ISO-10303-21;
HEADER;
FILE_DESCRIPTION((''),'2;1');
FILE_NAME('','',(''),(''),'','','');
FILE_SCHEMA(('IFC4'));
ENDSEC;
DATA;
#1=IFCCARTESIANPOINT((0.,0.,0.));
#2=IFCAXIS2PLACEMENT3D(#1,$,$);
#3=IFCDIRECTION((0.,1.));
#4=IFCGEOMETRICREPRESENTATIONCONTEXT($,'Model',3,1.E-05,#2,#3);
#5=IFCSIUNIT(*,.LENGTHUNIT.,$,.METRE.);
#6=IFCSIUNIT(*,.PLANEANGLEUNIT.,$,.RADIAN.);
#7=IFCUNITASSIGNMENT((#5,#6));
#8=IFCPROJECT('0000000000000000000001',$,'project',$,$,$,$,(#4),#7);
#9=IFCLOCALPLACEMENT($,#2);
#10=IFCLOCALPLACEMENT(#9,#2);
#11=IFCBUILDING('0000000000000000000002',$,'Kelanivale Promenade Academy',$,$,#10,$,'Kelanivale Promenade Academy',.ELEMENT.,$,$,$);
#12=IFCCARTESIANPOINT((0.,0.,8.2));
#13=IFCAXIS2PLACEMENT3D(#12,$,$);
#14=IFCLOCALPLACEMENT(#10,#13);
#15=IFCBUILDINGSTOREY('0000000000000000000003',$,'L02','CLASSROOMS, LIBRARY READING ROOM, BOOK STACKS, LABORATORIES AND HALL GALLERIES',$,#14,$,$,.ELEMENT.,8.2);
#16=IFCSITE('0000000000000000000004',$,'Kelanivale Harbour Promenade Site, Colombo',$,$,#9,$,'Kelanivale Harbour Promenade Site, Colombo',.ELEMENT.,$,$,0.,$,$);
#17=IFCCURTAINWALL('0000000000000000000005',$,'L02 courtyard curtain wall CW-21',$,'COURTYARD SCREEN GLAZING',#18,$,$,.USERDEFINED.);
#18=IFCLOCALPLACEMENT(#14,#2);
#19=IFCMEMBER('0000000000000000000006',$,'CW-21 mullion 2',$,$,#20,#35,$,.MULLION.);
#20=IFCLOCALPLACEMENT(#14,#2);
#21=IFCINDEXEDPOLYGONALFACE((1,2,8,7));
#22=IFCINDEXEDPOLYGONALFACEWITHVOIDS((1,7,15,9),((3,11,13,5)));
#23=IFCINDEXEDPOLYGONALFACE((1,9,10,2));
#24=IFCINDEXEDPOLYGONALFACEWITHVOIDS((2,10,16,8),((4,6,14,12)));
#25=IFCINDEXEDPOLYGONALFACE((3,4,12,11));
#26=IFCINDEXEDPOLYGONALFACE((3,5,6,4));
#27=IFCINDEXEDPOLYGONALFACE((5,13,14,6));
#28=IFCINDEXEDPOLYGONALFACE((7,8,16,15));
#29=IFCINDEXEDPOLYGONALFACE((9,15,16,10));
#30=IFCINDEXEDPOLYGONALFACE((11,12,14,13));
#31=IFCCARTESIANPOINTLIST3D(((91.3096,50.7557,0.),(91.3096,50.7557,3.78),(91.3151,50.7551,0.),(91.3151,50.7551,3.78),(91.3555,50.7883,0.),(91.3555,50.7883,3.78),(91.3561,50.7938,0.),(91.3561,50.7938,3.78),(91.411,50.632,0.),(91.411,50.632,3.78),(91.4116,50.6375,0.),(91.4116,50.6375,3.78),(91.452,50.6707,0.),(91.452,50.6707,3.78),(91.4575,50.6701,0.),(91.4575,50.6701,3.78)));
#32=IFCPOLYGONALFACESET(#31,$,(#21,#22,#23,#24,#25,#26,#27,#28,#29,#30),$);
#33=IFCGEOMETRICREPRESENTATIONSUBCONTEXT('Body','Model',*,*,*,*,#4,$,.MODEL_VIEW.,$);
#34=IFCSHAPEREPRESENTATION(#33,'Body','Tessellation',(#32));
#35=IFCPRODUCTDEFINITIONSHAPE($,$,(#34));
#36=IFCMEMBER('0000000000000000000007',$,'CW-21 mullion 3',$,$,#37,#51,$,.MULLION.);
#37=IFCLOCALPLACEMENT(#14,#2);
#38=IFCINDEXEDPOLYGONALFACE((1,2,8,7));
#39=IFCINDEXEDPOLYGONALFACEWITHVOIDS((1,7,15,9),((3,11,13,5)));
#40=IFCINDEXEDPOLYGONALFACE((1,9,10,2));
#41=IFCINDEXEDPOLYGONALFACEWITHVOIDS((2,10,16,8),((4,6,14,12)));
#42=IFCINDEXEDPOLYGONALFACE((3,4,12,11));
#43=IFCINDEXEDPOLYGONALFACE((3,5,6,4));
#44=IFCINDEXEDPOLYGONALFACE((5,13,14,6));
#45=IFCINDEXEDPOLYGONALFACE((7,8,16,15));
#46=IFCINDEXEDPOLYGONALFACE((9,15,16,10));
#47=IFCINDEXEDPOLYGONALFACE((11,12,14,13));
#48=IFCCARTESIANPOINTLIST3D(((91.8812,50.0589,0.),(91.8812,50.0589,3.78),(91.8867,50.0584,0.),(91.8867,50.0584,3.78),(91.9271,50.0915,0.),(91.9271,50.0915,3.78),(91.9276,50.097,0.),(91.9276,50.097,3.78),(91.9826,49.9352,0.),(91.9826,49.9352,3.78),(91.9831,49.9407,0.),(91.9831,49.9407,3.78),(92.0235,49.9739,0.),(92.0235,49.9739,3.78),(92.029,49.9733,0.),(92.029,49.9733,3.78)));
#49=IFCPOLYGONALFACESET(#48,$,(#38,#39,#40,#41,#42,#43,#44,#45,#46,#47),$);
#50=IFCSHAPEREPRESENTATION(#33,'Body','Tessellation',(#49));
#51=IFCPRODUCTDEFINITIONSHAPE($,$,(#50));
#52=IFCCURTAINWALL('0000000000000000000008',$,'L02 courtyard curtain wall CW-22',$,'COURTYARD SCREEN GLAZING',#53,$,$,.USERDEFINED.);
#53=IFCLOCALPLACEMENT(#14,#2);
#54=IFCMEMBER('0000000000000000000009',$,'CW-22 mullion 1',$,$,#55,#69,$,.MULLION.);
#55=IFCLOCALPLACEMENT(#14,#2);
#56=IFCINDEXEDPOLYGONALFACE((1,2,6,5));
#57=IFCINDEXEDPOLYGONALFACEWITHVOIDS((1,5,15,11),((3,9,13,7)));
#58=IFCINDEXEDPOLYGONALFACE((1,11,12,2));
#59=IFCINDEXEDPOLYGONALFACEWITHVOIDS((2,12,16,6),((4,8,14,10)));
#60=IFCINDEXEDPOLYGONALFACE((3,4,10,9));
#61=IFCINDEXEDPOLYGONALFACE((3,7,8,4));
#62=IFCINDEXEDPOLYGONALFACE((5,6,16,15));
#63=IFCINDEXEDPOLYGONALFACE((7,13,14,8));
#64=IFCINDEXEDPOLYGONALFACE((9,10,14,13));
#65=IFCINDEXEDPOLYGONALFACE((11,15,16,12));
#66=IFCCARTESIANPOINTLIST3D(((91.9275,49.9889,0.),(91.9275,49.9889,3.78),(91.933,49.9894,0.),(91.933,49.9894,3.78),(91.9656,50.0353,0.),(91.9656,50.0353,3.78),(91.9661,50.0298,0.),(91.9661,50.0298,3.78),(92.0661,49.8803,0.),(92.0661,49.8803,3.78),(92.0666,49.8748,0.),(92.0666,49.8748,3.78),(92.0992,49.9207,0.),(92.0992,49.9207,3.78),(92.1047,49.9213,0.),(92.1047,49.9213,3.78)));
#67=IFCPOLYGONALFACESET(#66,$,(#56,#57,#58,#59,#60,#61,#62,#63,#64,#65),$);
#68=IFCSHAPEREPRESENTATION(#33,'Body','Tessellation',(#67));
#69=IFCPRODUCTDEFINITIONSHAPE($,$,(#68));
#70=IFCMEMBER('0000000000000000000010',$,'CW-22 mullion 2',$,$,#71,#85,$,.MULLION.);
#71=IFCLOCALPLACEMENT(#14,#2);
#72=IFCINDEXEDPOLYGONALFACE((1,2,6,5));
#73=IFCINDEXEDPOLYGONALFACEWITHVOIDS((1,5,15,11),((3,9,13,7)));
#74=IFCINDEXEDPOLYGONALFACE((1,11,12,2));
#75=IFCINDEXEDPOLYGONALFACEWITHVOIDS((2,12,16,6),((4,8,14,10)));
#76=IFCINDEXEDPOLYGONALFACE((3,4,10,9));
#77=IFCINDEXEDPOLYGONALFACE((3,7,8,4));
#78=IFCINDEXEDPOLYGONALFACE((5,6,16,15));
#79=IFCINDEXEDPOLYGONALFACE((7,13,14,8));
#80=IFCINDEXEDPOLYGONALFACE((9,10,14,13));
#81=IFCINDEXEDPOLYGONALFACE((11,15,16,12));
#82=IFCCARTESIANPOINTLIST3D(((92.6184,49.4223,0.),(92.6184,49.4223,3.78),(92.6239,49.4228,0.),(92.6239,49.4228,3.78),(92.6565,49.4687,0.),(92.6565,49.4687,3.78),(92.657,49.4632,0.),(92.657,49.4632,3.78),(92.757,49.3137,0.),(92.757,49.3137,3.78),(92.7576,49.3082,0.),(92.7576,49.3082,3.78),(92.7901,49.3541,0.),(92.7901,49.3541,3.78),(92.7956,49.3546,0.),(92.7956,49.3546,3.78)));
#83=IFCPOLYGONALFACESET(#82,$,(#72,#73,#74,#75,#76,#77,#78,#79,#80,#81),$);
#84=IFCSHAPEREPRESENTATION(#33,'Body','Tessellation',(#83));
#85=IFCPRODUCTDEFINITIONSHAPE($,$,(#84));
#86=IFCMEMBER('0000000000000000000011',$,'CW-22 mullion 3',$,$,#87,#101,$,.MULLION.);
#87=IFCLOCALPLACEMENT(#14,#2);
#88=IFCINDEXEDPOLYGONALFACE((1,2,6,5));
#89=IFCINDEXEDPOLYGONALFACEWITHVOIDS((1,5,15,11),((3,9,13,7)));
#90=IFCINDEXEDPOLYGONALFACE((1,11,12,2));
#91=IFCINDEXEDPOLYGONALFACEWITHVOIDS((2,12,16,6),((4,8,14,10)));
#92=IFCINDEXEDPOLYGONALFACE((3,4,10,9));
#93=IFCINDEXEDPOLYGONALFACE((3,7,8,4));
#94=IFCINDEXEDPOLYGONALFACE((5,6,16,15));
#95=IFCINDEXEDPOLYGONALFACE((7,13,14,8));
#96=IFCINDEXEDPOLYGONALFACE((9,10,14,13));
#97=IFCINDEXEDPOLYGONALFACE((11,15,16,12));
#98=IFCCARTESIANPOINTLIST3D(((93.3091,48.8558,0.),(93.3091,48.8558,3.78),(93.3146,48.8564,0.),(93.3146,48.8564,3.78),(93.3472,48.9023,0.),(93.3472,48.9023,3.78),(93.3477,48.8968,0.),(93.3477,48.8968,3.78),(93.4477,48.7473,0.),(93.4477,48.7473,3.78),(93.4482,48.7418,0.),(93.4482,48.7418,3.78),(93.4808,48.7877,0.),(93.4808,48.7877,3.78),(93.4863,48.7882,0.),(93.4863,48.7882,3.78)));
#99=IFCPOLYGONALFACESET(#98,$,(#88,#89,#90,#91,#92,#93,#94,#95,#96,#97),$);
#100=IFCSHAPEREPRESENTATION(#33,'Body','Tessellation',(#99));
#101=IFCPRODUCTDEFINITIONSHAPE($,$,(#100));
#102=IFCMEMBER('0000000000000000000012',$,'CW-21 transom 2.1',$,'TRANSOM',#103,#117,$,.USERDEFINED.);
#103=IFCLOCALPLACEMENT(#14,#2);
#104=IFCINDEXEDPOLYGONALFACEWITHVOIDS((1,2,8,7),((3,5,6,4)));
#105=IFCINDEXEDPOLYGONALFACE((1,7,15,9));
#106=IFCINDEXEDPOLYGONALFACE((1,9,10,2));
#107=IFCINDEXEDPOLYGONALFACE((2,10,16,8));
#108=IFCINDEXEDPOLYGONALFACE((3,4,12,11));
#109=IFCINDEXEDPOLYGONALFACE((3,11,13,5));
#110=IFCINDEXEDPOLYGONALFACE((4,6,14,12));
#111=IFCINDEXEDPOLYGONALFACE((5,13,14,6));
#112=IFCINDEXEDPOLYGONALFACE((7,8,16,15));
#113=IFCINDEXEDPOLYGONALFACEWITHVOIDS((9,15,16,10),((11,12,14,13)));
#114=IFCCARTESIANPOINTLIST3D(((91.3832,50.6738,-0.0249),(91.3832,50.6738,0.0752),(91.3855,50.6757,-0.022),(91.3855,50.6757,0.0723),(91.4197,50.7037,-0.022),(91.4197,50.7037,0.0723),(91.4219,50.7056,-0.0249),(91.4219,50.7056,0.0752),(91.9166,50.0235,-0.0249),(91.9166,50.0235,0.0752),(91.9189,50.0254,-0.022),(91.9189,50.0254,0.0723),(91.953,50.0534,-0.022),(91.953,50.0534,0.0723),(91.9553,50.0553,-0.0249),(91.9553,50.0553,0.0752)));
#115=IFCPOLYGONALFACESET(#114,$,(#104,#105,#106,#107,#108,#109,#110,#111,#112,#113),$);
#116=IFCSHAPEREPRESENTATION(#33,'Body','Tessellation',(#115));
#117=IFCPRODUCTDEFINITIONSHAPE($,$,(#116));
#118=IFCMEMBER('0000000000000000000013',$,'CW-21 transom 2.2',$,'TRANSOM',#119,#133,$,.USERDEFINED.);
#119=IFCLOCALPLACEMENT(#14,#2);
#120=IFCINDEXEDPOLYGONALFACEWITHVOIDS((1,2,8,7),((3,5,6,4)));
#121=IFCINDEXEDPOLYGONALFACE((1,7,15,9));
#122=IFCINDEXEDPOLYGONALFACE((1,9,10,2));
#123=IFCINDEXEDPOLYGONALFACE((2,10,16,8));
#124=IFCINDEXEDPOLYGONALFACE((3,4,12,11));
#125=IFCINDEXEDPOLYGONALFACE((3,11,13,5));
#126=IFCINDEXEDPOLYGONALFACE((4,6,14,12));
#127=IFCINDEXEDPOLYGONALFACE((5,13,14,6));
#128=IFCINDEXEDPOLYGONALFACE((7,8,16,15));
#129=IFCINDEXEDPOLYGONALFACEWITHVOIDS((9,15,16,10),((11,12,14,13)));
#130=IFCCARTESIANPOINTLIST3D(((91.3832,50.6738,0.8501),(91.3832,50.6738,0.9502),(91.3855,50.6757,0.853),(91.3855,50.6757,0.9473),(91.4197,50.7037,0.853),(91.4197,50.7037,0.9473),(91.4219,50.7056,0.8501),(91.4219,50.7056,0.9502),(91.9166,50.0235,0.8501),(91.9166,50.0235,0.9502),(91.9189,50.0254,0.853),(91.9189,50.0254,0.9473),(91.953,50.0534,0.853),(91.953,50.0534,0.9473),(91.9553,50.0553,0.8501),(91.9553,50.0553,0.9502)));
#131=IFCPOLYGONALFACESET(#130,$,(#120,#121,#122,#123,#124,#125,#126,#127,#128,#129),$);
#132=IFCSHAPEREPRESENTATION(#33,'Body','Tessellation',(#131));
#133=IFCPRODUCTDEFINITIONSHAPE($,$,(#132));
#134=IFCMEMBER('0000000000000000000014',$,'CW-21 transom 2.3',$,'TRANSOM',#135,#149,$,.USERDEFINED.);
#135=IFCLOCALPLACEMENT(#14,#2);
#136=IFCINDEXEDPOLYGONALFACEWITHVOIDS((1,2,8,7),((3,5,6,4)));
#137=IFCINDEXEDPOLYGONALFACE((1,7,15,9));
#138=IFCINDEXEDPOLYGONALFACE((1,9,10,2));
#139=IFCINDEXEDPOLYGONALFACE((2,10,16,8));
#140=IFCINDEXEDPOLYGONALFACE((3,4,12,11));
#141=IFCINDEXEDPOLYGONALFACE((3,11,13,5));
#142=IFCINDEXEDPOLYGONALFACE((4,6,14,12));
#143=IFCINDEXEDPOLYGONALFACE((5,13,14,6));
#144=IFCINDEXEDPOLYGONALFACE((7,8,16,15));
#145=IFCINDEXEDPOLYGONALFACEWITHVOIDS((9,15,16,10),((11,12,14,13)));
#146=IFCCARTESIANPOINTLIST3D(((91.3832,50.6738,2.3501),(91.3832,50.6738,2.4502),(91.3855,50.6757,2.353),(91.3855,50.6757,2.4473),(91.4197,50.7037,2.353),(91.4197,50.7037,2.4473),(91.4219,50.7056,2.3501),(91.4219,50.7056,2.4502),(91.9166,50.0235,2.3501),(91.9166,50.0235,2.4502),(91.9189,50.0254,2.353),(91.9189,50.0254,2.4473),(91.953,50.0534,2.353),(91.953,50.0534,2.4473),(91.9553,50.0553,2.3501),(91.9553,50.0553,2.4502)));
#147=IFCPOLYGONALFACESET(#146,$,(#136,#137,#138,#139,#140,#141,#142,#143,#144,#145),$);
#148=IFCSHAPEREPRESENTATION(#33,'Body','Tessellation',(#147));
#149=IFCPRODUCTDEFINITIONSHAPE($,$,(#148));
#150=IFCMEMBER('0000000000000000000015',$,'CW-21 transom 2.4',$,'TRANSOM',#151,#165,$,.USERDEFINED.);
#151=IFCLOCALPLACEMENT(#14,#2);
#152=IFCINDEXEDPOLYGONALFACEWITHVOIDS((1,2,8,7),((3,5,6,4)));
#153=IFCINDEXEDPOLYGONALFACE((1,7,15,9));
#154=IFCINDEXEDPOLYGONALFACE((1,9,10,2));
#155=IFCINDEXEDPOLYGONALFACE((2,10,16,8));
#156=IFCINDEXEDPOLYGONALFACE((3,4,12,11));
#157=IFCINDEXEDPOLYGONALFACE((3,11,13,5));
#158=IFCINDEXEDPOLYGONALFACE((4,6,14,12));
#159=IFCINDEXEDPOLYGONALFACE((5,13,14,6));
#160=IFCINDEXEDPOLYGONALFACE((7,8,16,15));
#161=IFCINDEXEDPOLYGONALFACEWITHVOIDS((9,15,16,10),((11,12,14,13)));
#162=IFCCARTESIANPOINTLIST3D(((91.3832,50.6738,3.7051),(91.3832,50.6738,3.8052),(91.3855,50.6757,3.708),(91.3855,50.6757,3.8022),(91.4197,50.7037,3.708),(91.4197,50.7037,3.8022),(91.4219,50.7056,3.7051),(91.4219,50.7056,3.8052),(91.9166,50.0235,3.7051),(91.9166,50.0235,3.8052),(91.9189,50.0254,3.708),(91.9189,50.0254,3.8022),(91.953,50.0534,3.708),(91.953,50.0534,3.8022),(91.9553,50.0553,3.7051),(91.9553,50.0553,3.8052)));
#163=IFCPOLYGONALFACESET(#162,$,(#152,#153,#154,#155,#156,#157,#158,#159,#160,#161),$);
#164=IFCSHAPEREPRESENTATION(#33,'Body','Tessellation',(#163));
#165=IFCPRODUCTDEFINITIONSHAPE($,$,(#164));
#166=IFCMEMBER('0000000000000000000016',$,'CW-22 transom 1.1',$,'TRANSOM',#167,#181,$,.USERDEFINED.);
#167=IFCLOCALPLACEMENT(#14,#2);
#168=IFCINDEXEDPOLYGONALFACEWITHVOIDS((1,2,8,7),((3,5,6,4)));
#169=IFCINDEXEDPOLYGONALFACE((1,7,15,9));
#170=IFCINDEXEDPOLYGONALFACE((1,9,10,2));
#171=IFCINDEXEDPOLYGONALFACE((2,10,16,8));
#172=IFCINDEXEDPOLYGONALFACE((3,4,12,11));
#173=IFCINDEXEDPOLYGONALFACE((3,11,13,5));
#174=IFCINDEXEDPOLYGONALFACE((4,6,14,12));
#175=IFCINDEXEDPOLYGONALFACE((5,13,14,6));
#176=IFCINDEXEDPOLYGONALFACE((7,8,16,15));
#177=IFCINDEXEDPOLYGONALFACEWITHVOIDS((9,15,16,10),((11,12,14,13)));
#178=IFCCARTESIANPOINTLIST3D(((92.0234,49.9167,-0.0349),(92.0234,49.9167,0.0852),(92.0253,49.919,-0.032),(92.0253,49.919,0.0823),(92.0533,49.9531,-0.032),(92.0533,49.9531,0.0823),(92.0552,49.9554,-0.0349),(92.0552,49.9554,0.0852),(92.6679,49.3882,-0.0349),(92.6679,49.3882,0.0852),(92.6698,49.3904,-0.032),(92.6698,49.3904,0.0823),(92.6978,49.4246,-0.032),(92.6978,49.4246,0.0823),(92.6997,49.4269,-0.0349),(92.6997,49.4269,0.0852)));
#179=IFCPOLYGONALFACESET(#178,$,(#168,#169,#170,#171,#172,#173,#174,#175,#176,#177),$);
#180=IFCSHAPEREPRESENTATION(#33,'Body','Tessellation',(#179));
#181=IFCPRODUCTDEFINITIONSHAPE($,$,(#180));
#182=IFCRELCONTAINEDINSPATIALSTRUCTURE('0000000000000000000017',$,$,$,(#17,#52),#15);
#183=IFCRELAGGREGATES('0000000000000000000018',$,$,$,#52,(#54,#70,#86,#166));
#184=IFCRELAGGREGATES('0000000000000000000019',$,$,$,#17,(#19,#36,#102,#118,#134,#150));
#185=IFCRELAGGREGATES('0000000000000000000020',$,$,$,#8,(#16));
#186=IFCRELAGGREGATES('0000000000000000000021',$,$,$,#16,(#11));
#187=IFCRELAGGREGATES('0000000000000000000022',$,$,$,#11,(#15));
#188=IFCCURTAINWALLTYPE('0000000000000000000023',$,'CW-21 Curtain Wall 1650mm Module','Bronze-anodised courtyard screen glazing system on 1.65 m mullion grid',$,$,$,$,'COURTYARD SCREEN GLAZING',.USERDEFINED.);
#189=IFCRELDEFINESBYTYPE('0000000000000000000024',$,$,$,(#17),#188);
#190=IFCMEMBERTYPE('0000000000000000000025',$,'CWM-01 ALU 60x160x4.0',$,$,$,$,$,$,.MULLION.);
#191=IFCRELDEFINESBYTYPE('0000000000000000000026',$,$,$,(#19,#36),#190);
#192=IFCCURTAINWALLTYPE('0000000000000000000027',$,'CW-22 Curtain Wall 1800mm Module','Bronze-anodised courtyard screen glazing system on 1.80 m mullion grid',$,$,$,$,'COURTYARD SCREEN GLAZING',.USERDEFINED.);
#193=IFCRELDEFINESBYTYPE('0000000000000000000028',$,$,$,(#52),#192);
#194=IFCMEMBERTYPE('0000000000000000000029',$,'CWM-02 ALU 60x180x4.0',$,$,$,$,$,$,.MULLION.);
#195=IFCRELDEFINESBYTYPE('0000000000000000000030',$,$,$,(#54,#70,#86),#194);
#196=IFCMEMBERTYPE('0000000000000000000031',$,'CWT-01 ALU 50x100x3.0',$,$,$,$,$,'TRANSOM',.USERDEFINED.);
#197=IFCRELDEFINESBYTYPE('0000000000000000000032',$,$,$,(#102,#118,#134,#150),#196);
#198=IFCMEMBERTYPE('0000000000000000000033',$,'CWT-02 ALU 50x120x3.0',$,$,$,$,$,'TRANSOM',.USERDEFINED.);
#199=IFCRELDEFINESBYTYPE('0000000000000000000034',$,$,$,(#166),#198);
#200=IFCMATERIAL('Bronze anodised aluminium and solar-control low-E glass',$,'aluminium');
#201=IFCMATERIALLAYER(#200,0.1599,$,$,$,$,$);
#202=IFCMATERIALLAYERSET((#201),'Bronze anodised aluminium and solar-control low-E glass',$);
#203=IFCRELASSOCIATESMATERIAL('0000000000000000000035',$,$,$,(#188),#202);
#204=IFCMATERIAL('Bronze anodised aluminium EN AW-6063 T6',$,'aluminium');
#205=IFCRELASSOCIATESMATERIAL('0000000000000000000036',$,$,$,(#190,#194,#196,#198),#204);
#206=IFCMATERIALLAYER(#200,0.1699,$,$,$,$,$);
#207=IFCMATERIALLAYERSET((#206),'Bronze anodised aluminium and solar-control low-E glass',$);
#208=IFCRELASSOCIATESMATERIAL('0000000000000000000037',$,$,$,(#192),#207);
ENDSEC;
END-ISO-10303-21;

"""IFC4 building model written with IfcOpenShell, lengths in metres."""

from ifc_helpers import new_model, si_unit, direction, frame, origin, origin_2d, place, context, subcontext, project, spatial, hollow_rectangle, extrude, material, layer, layer_set, material_profile, profile_set, type_object, element, aggregate, save


model = new_model("IFC4")

# Units and contexts
model_context = context("Model", 3, precision=1e-05, world=origin(), true_north=direction((0.0, 1.0)))
body_context = subcontext(model_context, "Body", "Model", "MODEL_VIEW")
ifc_project = project(units=[si_unit("LENGTHUNIT", "METRE"), si_unit("PLANEANGLEUNIT", "RADIAN")], contexts=[model_context])

# Site, building, storey
site_placement = place(None, origin())
site = spatial("IfcSite", under=ifc_project, at=site_placement, Name="Kelanivale Harbour Promenade Site, Colombo", LongName="Kelanivale Harbour Promenade Site, Colombo", CompositionType="ELEMENT", RefElevation=0.0)
building_placement = place(site_placement, origin())
building = spatial("IfcBuilding", under=site, at=building_placement, Name="Kelanivale Promenade Academy", LongName="Kelanivale Promenade Academy", CompositionType="ELEMENT")
storey_placement = place(building_placement, frame((0.0, 0.0, 8.2)))
storey = spatial("IfcBuildingStorey", under=building, at=storey_placement, Name="L02", Description="CLASSROOMS, LIBRARY READING ROOM, BOOK STACKS, LABORATORIES AND HALL GALLERIES", CompositionType="ELEMENT", Elevation=8.2)

# Curtain walls, members
ifc_material_1 = material(Name="Bronze anodised aluminium and solar-control low-E glass", Category="aluminium")
ifc_layer_1 = layer(ifc_material_1, 0.1599)
ifc_layer_set_1 = layer_set([ifc_layer_1], Name="Bronze anodised aluminium and solar-control low-E glass")
curtain_wall_type_1 = type_object("IfcCurtainWallType", Name="CW-21 Curtain Wall 1650mm Module", Description="Bronze-anodised courtyard screen glazing system on 1.65 m mullion grid", ElementType="COURTYARD SCREEN GLAZING", PredefinedType="USERDEFINED", material=ifc_layer_set_1)
curtain_wall_1_placement = place(storey_placement, origin())
curtain_wall_1 = element("IfcCurtainWall", 1, at=curtain_wall_1_placement, inside=storey, type_object=curtain_wall_type_1, Name="L02 courtyard curtain wall CW-21", ObjectType="COURTYARD SCREEN GLAZING", PredefinedType="USERDEFINED")
ifc_material_2 = material(Name="Bronze anodised aluminium EN AW-6063 T6", Category="aluminium")
ifc_material_profile_1 = material_profile(ifc_material_2, hollow_rectangle(XDim=0.0601, YDim=0.1599, WallThickness=0.0039, at=origin_2d()), Name="ALU 60x160x4.0")
ifc_profile_set_1 = profile_set([ifc_material_profile_1], Name="Bronze anodised aluminium EN AW-6063 T6")
member_type_1 = type_object("IfcMemberType", Name="CWM-01 ALU 60x160x4.0", PredefinedType="MULLION", material=ifc_profile_set_1)
member_1_placement = place(storey_placement, frame((91.3835, 50.7129, 0.0), z_axis=(0.0, 0.0, 1.0), x_axis=(0.773215, 0.634144, 0.0)))
member_1 = element("IfcMember", 2, at=member_1_placement, type_object=member_type_1, Name="CW-21 mullion 2", PredefinedType="MULLION", context=body_context, shape_type="SweptSolid", body=[
    extrude(hollow_rectangle(XDim=0.0601, YDim=0.1599, WallThickness=0.0039, at=origin_2d()), origin(), (0.0, 0.0, 1.0), 3.78),
])
member_2_placement = place(storey_placement, frame((91.9551, 50.0161, 0.0), z_axis=(0.0, 0.0, 1.0), x_axis=(0.773215, 0.634144, 0.0)))
member_2 = element("IfcMember", 3, at=member_2_placement, type_object=member_type_1, Name="CW-21 mullion 3", PredefinedType="MULLION", context=body_context, shape_type="SweptSolid", body=[
    extrude(hollow_rectangle(XDim=0.0601, YDim=0.1599, WallThickness=0.0039, at=origin_2d()), origin(), (0.0, 0.0, 1.0), 3.78),
])
ifc_layer_2 = layer(ifc_material_1, 0.1699)
ifc_layer_set_2 = layer_set([ifc_layer_2], Name="Bronze anodised aluminium and solar-control low-E glass")
curtain_wall_type_2 = type_object("IfcCurtainWallType", Name="CW-22 Curtain Wall 1800mm Module", Description="Bronze-anodised courtyard screen glazing system on 1.80 m mullion grid", ElementType="COURTYARD SCREEN GLAZING", PredefinedType="USERDEFINED", material=ifc_layer_set_2)
curtain_wall_2_placement = place(storey_placement, origin())
curtain_wall_2 = element("IfcCurtainWall", 4, at=curtain_wall_2_placement, inside=storey, type_object=curtain_wall_type_2, Name="L02 courtyard curtain wall CW-22", ObjectType="COURTYARD SCREEN GLAZING", PredefinedType="USERDEFINED")
ifc_material_profile_2 = material_profile(ifc_material_2, hollow_rectangle(XDim=0.0601, YDim=0.1799, WallThickness=0.0039, at=origin_2d()), Name="ALU 60x180x4.0")
ifc_profile_set_2 = profile_set([ifc_material_profile_2], Name="Bronze anodised aluminium EN AW-6063 T6")
member_type_2 = type_object("IfcMemberType", Name="CWM-02 ALU 60x180x4.0", PredefinedType="MULLION", material=ifc_profile_set_2)
member_3_placement = place(storey_placement, frame((92.0161, 49.9551, 0.0), z_axis=(0.0, 0.0, 1.0), x_axis=(0.634093, 0.773257, 0.0)))
member_3 = element("IfcMember", 5, at=member_3_placement, type_object=member_type_2, Name="CW-22 mullion 1", PredefinedType="MULLION", context=body_context, shape_type="SweptSolid", body=[
    extrude(hollow_rectangle(XDim=0.0601, YDim=0.1799, WallThickness=0.0039, at=origin_2d()), origin(), (0.0, 0.0, 1.0), 3.78),
])
member_4_placement = place(storey_placement, frame((92.707, 49.3884, 0.0), z_axis=(0.0, 0.0, 1.0), x_axis=(0.634093, 0.773257, 0.0)))
member_4 = element("IfcMember", 6, at=member_4_placement, type_object=member_type_2, Name="CW-22 mullion 2", PredefinedType="MULLION", context=body_context, shape_type="SweptSolid", body=[
    extrude(hollow_rectangle(XDim=0.0601, YDim=0.1799, WallThickness=0.0039, at=origin_2d()), origin(), (0.0, 0.0, 1.0), 3.78),
])
member_5_placement = place(storey_placement, frame((93.3977, 48.822, 0.0), z_axis=(0.0, 0.0, 1.0), x_axis=(0.634093, 0.773257, 0.0)))
member_5 = element("IfcMember", 7, at=member_5_placement, type_object=member_type_2, Name="CW-22 mullion 3", PredefinedType="MULLION", context=body_context, shape_type="SweptSolid", body=[
    extrude(hollow_rectangle(XDim=0.0601, YDim=0.1799, WallThickness=0.0039, at=origin_2d()), origin(), (0.0, 0.0, 1.0), 3.78),
])

# Members
ifc_material_profile_3 = material_profile(ifc_material_2, hollow_rectangle(XDim=0.05, YDim=0.1001, WallThickness=0.0029, at=origin_2d()), Name="ALU 50x100x3.0")
ifc_profile_set_3 = profile_set([ifc_material_profile_3], Name="Bronze anodised aluminium EN AW-6063 T6")
member_type_3 = type_object("IfcMemberType", Name="CWT-01 ALU 50x100x3.0", ElementType="TRANSOM", PredefinedType="USERDEFINED", material=ifc_profile_set_3)
member_6_placement = place(storey_placement, frame((91.4026, 50.6897, 0.0251), z_axis=(0.63417, -0.773194, 0.0), x_axis=(0.773194, 0.63417, 0.0)))
member_6 = element("IfcMember", 8, at=member_6_placement, type_object=member_type_3, Name="CW-21 transom 2.1", ObjectType="TRANSOM", PredefinedType="USERDEFINED", context=body_context, shape_type="SweptSolid", body=[
    extrude(hollow_rectangle(XDim=0.05, YDim=0.1001, WallThickness=0.0029, at=origin_2d()), origin(), (0.0, 0.0, 1.0), 0.8411),
])
member_7_placement = place(storey_placement, frame((91.4026, 50.6897, 0.9001), z_axis=(0.63417, -0.773194, 0.0), x_axis=(0.773194, 0.63417, 0.0)))
member_7 = element("IfcMember", 9, at=member_7_placement, type_object=member_type_3, Name="CW-21 transom 2.2", ObjectType="TRANSOM", PredefinedType="USERDEFINED", context=body_context, shape_type="SweptSolid", body=[
    extrude(hollow_rectangle(XDim=0.05, YDim=0.1001, WallThickness=0.0029, at=origin_2d()), origin(), (0.0, 0.0, 1.0), 0.8411),
])
member_8_placement = place(storey_placement, frame((91.4026, 50.6897, 2.4001), z_axis=(0.63417, -0.773194, 0.0), x_axis=(0.773194, 0.63417, 0.0)))
member_8 = element("IfcMember", 10, at=member_8_placement, type_object=member_type_3, Name="CW-21 transom 2.3", ObjectType="TRANSOM", PredefinedType="USERDEFINED", context=body_context, shape_type="SweptSolid", body=[
    extrude(hollow_rectangle(XDim=0.05, YDim=0.1001, WallThickness=0.0029, at=origin_2d()), origin(), (0.0, 0.0, 1.0), 0.8411),
])
member_9_placement = place(storey_placement, frame((91.4026, 50.6897, 3.7551), z_axis=(0.63417, -0.773194, 0.0), x_axis=(0.773194, 0.63417, 0.0)))
member_9 = element("IfcMember", 11, at=member_9_placement, type_object=member_type_3, Name="CW-21 transom 2.4", ObjectType="TRANSOM", PredefinedType="USERDEFINED", context=body_context, shape_type="SweptSolid", body=[
    extrude(hollow_rectangle(XDim=0.05, YDim=0.1001, WallThickness=0.0029, at=origin_2d()), origin(), (0.0, 0.0, 1.0), 0.8411),
])
ifc_material_profile_4 = material_profile(ifc_material_2, hollow_rectangle(XDim=0.05, YDim=0.1201, WallThickness=0.0029, at=origin_2d()), Name="ALU 50x120x3.0")
ifc_profile_set_4 = profile_set([ifc_material_profile_4], Name="Bronze anodised aluminium EN AW-6063 T6")
member_type_4 = type_object("IfcMemberType", Name="CWT-02 ALU 50x120x3.0", ElementType="TRANSOM", PredefinedType="USERDEFINED", material=ifc_profile_set_4)
member_10_placement = place(storey_placement, frame((92.0393, 49.936, 0.0251), z_axis=(0.773239, -0.634115, 0.0), x_axis=(0.634115, 0.773239, 0.0)))
member_10 = element("IfcMember", 12, at=member_10_placement, type_object=member_type_4, Name="CW-22 transom 1.1", ObjectType="TRANSOM", PredefinedType="USERDEFINED", context=body_context, shape_type="SweptSolid", body=[
    extrude(hollow_rectangle(XDim=0.05, YDim=0.1201, WallThickness=0.0029, at=origin_2d()), origin(), (0.0, 0.0, 1.0), 0.8335),
])

aggregate(curtain_wall_2, [member_3, member_4, member_5, member_10])
aggregate(curtain_wall_1, [member_1, member_2, member_6, member_7, member_8, member_9])

save(model, "model.ifc")
